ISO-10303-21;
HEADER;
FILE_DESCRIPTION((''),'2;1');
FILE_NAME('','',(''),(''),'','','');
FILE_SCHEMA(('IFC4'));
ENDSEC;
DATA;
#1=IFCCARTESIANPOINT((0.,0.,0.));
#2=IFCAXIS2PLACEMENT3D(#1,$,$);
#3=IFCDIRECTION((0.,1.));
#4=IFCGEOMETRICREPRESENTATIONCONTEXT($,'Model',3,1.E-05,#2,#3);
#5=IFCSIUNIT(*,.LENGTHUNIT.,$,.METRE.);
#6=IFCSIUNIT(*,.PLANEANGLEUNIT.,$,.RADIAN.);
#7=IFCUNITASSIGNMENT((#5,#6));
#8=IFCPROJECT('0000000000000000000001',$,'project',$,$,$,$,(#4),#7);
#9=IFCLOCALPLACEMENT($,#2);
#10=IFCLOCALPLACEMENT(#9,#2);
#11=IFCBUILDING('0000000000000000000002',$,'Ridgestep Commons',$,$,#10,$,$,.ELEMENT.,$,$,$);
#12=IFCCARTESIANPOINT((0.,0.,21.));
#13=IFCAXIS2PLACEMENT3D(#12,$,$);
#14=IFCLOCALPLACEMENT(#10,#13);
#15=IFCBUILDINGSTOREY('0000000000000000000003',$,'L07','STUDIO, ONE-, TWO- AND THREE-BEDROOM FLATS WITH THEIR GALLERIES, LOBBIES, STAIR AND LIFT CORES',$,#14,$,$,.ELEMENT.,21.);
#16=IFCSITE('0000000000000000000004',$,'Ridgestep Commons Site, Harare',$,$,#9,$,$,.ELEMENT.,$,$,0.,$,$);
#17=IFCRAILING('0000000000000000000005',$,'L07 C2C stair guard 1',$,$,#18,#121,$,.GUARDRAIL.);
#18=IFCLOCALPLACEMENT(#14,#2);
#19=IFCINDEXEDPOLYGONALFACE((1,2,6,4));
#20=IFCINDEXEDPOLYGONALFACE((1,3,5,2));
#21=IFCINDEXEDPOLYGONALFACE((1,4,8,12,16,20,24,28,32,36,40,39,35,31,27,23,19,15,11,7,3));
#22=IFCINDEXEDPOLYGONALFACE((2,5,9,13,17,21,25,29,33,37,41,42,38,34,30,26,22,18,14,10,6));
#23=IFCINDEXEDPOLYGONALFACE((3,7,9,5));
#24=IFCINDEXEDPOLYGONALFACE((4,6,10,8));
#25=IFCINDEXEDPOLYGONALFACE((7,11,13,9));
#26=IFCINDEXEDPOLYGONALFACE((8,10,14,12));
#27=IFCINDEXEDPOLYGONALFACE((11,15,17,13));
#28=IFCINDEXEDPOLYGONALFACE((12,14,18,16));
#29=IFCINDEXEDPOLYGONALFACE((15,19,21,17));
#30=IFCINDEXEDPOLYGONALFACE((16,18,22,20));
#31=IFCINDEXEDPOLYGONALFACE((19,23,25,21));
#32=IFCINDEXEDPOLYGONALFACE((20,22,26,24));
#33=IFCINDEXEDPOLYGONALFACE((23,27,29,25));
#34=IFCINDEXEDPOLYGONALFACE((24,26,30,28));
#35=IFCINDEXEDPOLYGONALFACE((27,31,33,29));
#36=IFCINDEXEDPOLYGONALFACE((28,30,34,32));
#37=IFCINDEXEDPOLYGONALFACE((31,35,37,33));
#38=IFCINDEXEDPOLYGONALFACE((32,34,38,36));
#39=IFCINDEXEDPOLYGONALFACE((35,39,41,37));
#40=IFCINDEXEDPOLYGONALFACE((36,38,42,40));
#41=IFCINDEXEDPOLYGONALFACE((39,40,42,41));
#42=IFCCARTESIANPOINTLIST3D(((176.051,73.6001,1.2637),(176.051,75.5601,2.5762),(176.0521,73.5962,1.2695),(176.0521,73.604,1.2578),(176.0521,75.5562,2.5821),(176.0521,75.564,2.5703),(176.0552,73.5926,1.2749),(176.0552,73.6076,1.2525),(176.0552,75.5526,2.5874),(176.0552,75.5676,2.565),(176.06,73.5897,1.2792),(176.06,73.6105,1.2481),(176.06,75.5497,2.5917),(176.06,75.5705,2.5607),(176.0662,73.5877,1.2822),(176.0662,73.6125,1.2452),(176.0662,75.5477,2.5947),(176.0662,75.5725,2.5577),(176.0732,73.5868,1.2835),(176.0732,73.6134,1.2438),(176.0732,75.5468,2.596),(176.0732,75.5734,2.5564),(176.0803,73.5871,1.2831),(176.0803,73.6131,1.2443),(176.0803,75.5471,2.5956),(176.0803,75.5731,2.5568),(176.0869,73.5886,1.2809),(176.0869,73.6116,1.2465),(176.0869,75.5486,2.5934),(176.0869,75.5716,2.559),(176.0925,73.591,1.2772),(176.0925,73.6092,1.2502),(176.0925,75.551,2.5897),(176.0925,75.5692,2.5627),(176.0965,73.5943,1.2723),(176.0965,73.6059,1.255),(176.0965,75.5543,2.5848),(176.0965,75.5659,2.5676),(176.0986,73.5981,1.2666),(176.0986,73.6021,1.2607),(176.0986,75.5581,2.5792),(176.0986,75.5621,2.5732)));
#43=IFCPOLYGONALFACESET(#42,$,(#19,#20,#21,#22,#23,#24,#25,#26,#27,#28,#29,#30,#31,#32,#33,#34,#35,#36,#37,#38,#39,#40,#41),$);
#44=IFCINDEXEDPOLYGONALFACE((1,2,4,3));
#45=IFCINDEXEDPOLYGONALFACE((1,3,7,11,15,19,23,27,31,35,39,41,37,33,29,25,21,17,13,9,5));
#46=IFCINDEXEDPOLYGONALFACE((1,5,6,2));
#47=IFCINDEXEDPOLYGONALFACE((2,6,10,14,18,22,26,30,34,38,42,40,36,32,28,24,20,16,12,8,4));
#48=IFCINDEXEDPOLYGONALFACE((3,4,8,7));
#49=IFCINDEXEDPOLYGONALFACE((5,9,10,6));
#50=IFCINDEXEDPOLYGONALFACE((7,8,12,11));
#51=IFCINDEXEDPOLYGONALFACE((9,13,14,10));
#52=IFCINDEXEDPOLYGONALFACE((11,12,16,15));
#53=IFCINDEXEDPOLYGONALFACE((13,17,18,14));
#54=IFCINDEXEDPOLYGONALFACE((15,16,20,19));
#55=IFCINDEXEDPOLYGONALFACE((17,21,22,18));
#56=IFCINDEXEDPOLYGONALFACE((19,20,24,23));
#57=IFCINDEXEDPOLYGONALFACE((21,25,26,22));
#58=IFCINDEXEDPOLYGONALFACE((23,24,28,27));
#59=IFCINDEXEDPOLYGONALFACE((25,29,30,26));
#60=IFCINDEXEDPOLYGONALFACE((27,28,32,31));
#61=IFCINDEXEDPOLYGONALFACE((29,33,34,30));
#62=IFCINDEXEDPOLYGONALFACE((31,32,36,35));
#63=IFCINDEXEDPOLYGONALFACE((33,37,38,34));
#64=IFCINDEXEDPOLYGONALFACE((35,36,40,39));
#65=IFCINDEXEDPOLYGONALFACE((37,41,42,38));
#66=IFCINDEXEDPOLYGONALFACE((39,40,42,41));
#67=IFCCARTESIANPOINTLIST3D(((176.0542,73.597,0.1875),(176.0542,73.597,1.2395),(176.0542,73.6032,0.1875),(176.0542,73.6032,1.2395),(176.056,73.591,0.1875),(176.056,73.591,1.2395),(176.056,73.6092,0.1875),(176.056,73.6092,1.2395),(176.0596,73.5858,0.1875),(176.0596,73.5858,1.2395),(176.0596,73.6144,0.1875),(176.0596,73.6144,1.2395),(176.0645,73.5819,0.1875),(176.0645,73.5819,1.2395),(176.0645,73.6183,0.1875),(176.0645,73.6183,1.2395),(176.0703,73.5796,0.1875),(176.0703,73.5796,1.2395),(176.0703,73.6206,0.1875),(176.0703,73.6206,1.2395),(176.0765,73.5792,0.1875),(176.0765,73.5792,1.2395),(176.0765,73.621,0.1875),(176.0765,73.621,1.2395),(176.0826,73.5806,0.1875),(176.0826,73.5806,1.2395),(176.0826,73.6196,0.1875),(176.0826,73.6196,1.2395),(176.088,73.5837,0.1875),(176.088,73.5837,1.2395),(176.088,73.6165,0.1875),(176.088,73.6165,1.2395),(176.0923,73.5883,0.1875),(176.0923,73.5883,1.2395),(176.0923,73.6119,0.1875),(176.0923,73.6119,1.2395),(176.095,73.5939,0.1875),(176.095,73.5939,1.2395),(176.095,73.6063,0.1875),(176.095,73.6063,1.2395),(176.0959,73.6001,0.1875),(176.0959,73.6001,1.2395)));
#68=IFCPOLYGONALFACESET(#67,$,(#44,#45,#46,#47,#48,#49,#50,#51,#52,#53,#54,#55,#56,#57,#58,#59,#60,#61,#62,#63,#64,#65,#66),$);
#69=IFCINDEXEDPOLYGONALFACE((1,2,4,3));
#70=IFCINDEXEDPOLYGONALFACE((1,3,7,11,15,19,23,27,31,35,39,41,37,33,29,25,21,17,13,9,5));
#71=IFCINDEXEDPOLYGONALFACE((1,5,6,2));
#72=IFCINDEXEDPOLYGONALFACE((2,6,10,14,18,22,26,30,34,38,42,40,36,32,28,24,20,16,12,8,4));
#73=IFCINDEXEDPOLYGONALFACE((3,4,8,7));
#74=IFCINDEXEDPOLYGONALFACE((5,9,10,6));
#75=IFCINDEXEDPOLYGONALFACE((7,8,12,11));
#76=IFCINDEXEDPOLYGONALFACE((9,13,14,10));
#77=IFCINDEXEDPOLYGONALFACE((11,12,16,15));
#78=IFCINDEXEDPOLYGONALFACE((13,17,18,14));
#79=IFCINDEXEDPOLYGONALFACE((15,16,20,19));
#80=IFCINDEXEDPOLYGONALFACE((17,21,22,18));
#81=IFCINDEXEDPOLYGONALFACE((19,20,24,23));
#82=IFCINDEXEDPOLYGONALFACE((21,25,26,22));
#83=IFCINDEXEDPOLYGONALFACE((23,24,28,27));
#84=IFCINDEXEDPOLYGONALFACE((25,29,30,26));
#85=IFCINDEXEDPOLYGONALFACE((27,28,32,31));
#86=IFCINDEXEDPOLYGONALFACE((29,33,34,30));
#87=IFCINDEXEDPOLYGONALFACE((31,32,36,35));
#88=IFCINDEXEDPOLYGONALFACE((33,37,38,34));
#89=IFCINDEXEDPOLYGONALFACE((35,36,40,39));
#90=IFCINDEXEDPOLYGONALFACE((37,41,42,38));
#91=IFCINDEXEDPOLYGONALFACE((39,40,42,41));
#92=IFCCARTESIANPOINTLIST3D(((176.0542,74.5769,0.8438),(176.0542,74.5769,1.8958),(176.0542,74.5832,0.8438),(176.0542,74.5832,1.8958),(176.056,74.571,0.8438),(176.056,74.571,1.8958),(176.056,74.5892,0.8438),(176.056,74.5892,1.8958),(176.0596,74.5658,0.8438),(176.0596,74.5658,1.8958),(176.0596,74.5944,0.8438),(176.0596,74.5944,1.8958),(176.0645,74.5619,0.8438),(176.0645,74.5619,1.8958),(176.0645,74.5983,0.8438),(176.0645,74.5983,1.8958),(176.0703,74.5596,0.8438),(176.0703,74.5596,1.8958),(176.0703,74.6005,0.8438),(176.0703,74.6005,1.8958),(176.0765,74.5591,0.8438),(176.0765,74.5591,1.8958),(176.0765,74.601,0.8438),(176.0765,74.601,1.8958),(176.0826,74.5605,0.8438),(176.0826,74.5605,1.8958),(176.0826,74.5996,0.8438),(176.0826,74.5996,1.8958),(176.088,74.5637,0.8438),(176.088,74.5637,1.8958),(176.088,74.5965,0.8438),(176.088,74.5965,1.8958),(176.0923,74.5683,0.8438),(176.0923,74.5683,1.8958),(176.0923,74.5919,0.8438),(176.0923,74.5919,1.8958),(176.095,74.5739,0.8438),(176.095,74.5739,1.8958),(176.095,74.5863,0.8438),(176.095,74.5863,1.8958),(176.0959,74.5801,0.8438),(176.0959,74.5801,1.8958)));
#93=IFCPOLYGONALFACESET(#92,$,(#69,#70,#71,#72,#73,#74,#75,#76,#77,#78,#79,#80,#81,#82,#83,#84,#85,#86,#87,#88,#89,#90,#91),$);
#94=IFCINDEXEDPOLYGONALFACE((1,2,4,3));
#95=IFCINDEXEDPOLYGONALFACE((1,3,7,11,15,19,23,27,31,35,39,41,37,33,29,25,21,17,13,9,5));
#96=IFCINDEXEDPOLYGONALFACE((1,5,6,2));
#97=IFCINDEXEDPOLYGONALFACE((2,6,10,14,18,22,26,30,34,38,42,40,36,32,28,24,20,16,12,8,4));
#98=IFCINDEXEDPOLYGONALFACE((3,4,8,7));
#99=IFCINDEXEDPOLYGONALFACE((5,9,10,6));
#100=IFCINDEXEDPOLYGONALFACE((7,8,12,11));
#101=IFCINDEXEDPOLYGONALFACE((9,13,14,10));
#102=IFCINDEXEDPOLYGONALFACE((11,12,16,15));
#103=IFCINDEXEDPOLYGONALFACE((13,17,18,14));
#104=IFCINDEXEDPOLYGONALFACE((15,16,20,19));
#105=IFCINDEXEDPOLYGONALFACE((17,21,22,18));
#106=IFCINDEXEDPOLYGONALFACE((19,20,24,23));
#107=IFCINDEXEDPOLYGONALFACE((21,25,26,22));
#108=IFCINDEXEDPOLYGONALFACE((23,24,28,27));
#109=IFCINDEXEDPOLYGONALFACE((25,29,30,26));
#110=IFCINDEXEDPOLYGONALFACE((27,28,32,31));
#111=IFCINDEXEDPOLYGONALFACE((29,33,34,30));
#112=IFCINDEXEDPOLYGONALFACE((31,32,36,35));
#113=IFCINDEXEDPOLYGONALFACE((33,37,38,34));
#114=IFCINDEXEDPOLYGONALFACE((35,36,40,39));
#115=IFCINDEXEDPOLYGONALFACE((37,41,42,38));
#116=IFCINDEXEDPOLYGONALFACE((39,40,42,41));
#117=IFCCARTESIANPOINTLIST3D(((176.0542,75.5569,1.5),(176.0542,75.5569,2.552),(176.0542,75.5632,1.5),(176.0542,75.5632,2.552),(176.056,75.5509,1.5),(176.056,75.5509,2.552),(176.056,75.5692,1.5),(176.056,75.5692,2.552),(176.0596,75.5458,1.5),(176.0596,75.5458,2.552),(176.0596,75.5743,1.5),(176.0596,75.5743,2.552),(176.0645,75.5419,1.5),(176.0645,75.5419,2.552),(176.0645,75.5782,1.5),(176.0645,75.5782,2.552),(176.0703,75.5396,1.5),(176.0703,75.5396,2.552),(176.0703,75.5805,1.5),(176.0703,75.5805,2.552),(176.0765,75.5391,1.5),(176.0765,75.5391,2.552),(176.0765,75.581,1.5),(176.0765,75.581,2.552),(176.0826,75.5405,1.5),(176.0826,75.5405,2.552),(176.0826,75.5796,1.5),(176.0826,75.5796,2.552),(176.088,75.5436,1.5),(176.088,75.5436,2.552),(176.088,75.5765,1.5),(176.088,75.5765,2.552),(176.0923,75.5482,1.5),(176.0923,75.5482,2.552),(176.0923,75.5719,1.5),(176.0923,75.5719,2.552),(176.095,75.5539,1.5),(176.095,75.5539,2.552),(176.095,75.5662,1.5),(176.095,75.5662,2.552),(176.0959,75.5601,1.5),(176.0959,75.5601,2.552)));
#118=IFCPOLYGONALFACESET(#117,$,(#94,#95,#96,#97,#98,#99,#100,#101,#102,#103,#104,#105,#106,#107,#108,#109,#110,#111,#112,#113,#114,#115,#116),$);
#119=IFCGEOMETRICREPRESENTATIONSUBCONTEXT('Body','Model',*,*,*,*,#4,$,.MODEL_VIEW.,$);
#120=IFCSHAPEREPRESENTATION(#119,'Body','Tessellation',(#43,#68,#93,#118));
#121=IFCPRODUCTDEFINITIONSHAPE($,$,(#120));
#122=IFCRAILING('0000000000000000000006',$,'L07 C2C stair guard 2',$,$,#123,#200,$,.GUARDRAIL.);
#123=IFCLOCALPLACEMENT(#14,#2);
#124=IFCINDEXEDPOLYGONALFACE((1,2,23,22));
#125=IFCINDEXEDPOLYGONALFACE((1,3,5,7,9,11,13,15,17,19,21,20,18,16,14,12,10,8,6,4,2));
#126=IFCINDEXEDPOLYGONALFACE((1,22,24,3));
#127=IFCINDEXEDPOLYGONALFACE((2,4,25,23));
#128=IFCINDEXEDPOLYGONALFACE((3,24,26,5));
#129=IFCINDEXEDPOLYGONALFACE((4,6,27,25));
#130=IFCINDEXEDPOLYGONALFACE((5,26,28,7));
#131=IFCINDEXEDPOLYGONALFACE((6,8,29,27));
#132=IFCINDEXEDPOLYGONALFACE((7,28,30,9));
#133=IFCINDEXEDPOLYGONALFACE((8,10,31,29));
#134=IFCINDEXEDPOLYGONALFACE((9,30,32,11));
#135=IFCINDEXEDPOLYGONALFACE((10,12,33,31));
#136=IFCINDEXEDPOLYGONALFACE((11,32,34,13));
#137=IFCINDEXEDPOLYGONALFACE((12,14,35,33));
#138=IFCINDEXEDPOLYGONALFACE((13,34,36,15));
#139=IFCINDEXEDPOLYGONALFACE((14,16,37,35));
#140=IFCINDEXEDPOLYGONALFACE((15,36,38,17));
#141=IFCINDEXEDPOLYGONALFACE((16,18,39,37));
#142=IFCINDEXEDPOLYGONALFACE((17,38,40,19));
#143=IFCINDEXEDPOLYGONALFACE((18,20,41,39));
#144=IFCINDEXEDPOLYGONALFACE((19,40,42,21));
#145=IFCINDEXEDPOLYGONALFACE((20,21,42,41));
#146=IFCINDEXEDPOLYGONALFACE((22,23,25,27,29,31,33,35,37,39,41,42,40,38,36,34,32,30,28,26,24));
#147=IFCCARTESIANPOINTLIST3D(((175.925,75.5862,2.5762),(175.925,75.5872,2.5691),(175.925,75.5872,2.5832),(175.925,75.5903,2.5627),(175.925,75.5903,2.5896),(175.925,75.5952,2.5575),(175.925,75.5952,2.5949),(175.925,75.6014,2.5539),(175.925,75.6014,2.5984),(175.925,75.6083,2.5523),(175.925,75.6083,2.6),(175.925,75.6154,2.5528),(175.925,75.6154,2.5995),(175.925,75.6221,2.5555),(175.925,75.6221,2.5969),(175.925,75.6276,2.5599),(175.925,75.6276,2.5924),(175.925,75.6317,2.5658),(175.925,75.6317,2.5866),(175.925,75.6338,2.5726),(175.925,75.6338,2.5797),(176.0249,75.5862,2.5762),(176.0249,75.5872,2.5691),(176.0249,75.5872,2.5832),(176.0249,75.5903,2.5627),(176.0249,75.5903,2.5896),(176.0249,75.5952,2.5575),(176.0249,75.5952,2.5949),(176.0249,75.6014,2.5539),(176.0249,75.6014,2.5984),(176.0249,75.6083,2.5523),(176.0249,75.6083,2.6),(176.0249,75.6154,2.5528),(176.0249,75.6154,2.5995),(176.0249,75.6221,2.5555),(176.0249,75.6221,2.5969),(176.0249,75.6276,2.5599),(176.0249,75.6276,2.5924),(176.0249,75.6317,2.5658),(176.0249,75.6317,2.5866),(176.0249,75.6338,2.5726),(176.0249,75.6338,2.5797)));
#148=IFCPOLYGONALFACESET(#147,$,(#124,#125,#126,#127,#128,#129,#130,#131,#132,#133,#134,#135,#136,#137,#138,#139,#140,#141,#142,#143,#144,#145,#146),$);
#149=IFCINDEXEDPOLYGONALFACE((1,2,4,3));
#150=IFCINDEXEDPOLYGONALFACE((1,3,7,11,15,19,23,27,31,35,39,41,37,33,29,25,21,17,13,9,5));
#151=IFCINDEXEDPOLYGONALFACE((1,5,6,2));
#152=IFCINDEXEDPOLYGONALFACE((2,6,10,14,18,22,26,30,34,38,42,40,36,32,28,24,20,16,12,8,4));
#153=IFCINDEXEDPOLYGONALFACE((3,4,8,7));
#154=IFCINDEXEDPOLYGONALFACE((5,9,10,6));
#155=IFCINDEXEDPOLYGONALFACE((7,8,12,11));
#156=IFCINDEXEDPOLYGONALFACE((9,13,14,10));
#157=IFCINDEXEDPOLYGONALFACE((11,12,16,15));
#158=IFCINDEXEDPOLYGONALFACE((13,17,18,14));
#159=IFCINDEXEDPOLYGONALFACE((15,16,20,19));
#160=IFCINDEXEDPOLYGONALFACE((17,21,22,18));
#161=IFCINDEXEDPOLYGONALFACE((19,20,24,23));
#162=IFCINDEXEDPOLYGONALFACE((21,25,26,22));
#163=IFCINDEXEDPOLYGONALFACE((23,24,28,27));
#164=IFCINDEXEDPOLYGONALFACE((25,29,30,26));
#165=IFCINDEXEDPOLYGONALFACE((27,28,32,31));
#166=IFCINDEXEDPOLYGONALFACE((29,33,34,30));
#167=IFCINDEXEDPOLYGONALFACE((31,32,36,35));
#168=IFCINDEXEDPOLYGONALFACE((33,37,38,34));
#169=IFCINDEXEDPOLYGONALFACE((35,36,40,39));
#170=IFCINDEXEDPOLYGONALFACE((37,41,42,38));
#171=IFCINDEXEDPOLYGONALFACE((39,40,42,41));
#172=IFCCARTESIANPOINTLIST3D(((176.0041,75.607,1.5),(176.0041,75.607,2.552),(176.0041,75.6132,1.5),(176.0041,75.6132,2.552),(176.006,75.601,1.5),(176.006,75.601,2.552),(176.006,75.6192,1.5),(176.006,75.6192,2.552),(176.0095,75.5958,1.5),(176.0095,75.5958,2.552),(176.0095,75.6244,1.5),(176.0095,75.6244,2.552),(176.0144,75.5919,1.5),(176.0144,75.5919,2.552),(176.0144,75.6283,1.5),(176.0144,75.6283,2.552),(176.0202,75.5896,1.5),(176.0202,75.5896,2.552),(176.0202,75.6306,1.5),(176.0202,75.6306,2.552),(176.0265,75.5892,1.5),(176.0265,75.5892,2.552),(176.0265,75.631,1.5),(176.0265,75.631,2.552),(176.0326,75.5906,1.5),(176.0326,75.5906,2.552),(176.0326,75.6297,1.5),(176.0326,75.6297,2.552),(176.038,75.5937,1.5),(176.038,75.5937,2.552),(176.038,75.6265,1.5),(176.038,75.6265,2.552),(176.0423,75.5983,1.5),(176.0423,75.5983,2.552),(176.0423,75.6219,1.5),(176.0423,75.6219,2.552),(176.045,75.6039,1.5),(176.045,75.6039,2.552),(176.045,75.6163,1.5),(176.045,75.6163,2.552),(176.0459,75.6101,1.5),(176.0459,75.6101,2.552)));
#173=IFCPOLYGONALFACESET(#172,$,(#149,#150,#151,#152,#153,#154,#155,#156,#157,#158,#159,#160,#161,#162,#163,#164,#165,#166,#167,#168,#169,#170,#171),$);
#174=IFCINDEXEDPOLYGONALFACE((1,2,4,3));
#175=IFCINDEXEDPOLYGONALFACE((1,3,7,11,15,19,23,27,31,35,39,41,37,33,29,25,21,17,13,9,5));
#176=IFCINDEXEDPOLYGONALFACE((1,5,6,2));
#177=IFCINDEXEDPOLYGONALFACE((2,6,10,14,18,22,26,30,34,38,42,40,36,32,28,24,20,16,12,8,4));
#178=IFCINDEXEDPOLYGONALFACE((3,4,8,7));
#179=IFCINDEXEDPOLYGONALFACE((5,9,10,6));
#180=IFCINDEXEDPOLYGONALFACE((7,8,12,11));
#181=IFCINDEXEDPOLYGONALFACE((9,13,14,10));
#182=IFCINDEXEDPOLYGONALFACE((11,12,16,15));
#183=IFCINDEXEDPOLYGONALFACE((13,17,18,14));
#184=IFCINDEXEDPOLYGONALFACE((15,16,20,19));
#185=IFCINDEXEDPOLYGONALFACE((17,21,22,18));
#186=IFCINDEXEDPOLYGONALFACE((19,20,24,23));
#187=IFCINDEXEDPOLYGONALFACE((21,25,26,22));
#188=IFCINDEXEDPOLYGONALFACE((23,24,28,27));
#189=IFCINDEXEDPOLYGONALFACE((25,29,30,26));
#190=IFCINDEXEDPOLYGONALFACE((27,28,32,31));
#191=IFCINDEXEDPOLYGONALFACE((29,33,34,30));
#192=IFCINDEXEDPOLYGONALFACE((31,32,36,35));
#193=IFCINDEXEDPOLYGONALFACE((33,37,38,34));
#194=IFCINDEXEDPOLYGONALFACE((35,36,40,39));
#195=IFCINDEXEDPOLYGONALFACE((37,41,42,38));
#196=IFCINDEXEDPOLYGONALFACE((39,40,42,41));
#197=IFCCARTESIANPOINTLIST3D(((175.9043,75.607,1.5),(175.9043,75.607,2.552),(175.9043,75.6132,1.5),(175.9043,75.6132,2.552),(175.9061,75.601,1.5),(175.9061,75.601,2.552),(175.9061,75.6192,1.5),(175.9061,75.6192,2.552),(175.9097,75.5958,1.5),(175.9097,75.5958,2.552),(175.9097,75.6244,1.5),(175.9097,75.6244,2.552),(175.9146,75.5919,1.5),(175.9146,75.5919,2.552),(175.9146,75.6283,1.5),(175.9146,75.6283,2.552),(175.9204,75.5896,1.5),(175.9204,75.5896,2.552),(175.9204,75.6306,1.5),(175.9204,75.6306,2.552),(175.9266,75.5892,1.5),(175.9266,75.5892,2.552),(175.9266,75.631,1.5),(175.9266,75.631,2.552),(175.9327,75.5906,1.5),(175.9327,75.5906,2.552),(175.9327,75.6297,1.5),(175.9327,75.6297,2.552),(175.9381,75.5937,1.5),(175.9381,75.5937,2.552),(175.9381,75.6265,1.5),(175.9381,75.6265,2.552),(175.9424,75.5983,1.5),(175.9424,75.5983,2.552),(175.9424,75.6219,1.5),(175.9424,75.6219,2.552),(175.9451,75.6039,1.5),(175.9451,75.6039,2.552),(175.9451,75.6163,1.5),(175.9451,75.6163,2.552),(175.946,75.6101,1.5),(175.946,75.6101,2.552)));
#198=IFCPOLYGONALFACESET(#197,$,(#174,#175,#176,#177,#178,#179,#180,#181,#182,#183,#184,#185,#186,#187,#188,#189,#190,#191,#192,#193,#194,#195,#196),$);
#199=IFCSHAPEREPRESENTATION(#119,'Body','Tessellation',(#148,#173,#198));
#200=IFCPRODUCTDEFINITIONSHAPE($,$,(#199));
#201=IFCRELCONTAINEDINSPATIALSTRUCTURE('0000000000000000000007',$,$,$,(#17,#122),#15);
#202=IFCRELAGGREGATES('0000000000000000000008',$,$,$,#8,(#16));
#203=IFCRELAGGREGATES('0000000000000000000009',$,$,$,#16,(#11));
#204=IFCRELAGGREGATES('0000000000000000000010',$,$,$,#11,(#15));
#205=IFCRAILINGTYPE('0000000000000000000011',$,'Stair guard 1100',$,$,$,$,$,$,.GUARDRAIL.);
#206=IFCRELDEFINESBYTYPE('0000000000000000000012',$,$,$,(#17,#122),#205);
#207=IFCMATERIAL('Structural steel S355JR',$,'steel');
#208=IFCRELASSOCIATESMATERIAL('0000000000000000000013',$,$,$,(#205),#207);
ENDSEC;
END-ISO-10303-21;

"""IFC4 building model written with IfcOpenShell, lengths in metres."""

from ifc_helpers import new_model, si_unit, direction, frame, origin, origin_2d, place, context, subcontext, project, spatial, circle, extrude, material, type_object, element, save


model = new_model("IFC4")

# Units and contexts
model_context = context("Model", 3, precision=1e-05, world=origin(), true_north=direction((0.0, 1.0)))
body_context = subcontext(model_context, "Body", "Model", "MODEL_VIEW")
ifc_project = project(units=[si_unit("LENGTHUNIT", "METRE"), si_unit("PLANEANGLEUNIT", "RADIAN")], contexts=[model_context])

# Site, building, storey
site_placement = place(None, origin())
site = spatial("IfcSite", under=ifc_project, at=site_placement, Name="Ridgestep Commons Site, Harare", CompositionType="ELEMENT", RefElevation=0.0)
building_placement = place(site_placement, origin())
building = spatial("IfcBuilding", under=site, at=building_placement, Name="Ridgestep Commons", CompositionType="ELEMENT")
storey_placement = place(building_placement, frame((0.0, 0.0, 21.0)))
storey = spatial("IfcBuildingStorey", under=building, at=storey_placement, Name="L07", Description="STUDIO, ONE-, TWO- AND THREE-BEDROOM FLATS WITH THEIR GALLERIES, LOBBIES, STAIR AND LIFT CORES", CompositionType="ELEMENT", Elevation=21.0)

# Railings
ifc_material_1 = material(Name="Structural steel S355JR", Category="steel")
railing_type_1 = type_object("IfcRailingType", Name="Stair guard 1100", PredefinedType="GUARDRAIL", material=ifc_material_1)
railing_1_placement = place(storey_placement, frame((176.075, 73.6001, 0.1875)))
element("IfcRailing", 1, at=railing_1_placement, inside=storey, type_object=railing_type_1, Name="L07 C2C stair guard 1", PredefinedType="GUARDRAIL", context=body_context, shape_type="SweptSolid", body=[
    extrude(circle(Radius=0.0239, at=origin_2d()), frame((0.0, 0.0, 1.0762), z_axis=(0.0, 0.830902, 0.556419), x_axis=(-1.0, 0.0, 0.0)), (0.0, 0.0, 1.0), 2.3589),
    extrude(circle(Radius=0.021, at=origin_2d()), origin(), (0.0, 0.0, 1.0), 1.052),
    extrude(circle(Radius=0.021, at=origin_2d()), frame((0.0, 0.98, 0.6562)), (0.0, 0.0, 1.0), 1.052),
    extrude(circle(Radius=0.021, at=origin_2d()), frame((0.0, 1.96, 1.3125)), (0.0, 0.0, 1.0), 1.052),
])
railing_2_placement = place(storey_placement, frame((176.0249, 75.6101, 1.5)))
element("IfcRailing", 2, at=railing_2_placement, inside=storey, type_object=railing_type_1, Name="L07 C2C stair guard 2", PredefinedType="GUARDRAIL", context=body_context, shape_type="SweptSolid", body=[
    extrude(circle(Radius=0.0239, at=origin_2d()), frame((0.0, 0.0, 1.0762), z_axis=(-1.0, 0.0, 0.0), x_axis=(0.0, -1.0, 0.0)), (0.0, 0.0, 1.0), 0.0999),
    extrude(circle(Radius=0.021, at=origin_2d()), origin(), (0.0, 0.0, 1.0), 1.052),
    extrude(circle(Radius=0.021, at=origin_2d()), frame((-0.0999, 0.0, 0.0)), (0.0, 0.0, 1.0), 1.052),
])

save(model, "model.ifc")
